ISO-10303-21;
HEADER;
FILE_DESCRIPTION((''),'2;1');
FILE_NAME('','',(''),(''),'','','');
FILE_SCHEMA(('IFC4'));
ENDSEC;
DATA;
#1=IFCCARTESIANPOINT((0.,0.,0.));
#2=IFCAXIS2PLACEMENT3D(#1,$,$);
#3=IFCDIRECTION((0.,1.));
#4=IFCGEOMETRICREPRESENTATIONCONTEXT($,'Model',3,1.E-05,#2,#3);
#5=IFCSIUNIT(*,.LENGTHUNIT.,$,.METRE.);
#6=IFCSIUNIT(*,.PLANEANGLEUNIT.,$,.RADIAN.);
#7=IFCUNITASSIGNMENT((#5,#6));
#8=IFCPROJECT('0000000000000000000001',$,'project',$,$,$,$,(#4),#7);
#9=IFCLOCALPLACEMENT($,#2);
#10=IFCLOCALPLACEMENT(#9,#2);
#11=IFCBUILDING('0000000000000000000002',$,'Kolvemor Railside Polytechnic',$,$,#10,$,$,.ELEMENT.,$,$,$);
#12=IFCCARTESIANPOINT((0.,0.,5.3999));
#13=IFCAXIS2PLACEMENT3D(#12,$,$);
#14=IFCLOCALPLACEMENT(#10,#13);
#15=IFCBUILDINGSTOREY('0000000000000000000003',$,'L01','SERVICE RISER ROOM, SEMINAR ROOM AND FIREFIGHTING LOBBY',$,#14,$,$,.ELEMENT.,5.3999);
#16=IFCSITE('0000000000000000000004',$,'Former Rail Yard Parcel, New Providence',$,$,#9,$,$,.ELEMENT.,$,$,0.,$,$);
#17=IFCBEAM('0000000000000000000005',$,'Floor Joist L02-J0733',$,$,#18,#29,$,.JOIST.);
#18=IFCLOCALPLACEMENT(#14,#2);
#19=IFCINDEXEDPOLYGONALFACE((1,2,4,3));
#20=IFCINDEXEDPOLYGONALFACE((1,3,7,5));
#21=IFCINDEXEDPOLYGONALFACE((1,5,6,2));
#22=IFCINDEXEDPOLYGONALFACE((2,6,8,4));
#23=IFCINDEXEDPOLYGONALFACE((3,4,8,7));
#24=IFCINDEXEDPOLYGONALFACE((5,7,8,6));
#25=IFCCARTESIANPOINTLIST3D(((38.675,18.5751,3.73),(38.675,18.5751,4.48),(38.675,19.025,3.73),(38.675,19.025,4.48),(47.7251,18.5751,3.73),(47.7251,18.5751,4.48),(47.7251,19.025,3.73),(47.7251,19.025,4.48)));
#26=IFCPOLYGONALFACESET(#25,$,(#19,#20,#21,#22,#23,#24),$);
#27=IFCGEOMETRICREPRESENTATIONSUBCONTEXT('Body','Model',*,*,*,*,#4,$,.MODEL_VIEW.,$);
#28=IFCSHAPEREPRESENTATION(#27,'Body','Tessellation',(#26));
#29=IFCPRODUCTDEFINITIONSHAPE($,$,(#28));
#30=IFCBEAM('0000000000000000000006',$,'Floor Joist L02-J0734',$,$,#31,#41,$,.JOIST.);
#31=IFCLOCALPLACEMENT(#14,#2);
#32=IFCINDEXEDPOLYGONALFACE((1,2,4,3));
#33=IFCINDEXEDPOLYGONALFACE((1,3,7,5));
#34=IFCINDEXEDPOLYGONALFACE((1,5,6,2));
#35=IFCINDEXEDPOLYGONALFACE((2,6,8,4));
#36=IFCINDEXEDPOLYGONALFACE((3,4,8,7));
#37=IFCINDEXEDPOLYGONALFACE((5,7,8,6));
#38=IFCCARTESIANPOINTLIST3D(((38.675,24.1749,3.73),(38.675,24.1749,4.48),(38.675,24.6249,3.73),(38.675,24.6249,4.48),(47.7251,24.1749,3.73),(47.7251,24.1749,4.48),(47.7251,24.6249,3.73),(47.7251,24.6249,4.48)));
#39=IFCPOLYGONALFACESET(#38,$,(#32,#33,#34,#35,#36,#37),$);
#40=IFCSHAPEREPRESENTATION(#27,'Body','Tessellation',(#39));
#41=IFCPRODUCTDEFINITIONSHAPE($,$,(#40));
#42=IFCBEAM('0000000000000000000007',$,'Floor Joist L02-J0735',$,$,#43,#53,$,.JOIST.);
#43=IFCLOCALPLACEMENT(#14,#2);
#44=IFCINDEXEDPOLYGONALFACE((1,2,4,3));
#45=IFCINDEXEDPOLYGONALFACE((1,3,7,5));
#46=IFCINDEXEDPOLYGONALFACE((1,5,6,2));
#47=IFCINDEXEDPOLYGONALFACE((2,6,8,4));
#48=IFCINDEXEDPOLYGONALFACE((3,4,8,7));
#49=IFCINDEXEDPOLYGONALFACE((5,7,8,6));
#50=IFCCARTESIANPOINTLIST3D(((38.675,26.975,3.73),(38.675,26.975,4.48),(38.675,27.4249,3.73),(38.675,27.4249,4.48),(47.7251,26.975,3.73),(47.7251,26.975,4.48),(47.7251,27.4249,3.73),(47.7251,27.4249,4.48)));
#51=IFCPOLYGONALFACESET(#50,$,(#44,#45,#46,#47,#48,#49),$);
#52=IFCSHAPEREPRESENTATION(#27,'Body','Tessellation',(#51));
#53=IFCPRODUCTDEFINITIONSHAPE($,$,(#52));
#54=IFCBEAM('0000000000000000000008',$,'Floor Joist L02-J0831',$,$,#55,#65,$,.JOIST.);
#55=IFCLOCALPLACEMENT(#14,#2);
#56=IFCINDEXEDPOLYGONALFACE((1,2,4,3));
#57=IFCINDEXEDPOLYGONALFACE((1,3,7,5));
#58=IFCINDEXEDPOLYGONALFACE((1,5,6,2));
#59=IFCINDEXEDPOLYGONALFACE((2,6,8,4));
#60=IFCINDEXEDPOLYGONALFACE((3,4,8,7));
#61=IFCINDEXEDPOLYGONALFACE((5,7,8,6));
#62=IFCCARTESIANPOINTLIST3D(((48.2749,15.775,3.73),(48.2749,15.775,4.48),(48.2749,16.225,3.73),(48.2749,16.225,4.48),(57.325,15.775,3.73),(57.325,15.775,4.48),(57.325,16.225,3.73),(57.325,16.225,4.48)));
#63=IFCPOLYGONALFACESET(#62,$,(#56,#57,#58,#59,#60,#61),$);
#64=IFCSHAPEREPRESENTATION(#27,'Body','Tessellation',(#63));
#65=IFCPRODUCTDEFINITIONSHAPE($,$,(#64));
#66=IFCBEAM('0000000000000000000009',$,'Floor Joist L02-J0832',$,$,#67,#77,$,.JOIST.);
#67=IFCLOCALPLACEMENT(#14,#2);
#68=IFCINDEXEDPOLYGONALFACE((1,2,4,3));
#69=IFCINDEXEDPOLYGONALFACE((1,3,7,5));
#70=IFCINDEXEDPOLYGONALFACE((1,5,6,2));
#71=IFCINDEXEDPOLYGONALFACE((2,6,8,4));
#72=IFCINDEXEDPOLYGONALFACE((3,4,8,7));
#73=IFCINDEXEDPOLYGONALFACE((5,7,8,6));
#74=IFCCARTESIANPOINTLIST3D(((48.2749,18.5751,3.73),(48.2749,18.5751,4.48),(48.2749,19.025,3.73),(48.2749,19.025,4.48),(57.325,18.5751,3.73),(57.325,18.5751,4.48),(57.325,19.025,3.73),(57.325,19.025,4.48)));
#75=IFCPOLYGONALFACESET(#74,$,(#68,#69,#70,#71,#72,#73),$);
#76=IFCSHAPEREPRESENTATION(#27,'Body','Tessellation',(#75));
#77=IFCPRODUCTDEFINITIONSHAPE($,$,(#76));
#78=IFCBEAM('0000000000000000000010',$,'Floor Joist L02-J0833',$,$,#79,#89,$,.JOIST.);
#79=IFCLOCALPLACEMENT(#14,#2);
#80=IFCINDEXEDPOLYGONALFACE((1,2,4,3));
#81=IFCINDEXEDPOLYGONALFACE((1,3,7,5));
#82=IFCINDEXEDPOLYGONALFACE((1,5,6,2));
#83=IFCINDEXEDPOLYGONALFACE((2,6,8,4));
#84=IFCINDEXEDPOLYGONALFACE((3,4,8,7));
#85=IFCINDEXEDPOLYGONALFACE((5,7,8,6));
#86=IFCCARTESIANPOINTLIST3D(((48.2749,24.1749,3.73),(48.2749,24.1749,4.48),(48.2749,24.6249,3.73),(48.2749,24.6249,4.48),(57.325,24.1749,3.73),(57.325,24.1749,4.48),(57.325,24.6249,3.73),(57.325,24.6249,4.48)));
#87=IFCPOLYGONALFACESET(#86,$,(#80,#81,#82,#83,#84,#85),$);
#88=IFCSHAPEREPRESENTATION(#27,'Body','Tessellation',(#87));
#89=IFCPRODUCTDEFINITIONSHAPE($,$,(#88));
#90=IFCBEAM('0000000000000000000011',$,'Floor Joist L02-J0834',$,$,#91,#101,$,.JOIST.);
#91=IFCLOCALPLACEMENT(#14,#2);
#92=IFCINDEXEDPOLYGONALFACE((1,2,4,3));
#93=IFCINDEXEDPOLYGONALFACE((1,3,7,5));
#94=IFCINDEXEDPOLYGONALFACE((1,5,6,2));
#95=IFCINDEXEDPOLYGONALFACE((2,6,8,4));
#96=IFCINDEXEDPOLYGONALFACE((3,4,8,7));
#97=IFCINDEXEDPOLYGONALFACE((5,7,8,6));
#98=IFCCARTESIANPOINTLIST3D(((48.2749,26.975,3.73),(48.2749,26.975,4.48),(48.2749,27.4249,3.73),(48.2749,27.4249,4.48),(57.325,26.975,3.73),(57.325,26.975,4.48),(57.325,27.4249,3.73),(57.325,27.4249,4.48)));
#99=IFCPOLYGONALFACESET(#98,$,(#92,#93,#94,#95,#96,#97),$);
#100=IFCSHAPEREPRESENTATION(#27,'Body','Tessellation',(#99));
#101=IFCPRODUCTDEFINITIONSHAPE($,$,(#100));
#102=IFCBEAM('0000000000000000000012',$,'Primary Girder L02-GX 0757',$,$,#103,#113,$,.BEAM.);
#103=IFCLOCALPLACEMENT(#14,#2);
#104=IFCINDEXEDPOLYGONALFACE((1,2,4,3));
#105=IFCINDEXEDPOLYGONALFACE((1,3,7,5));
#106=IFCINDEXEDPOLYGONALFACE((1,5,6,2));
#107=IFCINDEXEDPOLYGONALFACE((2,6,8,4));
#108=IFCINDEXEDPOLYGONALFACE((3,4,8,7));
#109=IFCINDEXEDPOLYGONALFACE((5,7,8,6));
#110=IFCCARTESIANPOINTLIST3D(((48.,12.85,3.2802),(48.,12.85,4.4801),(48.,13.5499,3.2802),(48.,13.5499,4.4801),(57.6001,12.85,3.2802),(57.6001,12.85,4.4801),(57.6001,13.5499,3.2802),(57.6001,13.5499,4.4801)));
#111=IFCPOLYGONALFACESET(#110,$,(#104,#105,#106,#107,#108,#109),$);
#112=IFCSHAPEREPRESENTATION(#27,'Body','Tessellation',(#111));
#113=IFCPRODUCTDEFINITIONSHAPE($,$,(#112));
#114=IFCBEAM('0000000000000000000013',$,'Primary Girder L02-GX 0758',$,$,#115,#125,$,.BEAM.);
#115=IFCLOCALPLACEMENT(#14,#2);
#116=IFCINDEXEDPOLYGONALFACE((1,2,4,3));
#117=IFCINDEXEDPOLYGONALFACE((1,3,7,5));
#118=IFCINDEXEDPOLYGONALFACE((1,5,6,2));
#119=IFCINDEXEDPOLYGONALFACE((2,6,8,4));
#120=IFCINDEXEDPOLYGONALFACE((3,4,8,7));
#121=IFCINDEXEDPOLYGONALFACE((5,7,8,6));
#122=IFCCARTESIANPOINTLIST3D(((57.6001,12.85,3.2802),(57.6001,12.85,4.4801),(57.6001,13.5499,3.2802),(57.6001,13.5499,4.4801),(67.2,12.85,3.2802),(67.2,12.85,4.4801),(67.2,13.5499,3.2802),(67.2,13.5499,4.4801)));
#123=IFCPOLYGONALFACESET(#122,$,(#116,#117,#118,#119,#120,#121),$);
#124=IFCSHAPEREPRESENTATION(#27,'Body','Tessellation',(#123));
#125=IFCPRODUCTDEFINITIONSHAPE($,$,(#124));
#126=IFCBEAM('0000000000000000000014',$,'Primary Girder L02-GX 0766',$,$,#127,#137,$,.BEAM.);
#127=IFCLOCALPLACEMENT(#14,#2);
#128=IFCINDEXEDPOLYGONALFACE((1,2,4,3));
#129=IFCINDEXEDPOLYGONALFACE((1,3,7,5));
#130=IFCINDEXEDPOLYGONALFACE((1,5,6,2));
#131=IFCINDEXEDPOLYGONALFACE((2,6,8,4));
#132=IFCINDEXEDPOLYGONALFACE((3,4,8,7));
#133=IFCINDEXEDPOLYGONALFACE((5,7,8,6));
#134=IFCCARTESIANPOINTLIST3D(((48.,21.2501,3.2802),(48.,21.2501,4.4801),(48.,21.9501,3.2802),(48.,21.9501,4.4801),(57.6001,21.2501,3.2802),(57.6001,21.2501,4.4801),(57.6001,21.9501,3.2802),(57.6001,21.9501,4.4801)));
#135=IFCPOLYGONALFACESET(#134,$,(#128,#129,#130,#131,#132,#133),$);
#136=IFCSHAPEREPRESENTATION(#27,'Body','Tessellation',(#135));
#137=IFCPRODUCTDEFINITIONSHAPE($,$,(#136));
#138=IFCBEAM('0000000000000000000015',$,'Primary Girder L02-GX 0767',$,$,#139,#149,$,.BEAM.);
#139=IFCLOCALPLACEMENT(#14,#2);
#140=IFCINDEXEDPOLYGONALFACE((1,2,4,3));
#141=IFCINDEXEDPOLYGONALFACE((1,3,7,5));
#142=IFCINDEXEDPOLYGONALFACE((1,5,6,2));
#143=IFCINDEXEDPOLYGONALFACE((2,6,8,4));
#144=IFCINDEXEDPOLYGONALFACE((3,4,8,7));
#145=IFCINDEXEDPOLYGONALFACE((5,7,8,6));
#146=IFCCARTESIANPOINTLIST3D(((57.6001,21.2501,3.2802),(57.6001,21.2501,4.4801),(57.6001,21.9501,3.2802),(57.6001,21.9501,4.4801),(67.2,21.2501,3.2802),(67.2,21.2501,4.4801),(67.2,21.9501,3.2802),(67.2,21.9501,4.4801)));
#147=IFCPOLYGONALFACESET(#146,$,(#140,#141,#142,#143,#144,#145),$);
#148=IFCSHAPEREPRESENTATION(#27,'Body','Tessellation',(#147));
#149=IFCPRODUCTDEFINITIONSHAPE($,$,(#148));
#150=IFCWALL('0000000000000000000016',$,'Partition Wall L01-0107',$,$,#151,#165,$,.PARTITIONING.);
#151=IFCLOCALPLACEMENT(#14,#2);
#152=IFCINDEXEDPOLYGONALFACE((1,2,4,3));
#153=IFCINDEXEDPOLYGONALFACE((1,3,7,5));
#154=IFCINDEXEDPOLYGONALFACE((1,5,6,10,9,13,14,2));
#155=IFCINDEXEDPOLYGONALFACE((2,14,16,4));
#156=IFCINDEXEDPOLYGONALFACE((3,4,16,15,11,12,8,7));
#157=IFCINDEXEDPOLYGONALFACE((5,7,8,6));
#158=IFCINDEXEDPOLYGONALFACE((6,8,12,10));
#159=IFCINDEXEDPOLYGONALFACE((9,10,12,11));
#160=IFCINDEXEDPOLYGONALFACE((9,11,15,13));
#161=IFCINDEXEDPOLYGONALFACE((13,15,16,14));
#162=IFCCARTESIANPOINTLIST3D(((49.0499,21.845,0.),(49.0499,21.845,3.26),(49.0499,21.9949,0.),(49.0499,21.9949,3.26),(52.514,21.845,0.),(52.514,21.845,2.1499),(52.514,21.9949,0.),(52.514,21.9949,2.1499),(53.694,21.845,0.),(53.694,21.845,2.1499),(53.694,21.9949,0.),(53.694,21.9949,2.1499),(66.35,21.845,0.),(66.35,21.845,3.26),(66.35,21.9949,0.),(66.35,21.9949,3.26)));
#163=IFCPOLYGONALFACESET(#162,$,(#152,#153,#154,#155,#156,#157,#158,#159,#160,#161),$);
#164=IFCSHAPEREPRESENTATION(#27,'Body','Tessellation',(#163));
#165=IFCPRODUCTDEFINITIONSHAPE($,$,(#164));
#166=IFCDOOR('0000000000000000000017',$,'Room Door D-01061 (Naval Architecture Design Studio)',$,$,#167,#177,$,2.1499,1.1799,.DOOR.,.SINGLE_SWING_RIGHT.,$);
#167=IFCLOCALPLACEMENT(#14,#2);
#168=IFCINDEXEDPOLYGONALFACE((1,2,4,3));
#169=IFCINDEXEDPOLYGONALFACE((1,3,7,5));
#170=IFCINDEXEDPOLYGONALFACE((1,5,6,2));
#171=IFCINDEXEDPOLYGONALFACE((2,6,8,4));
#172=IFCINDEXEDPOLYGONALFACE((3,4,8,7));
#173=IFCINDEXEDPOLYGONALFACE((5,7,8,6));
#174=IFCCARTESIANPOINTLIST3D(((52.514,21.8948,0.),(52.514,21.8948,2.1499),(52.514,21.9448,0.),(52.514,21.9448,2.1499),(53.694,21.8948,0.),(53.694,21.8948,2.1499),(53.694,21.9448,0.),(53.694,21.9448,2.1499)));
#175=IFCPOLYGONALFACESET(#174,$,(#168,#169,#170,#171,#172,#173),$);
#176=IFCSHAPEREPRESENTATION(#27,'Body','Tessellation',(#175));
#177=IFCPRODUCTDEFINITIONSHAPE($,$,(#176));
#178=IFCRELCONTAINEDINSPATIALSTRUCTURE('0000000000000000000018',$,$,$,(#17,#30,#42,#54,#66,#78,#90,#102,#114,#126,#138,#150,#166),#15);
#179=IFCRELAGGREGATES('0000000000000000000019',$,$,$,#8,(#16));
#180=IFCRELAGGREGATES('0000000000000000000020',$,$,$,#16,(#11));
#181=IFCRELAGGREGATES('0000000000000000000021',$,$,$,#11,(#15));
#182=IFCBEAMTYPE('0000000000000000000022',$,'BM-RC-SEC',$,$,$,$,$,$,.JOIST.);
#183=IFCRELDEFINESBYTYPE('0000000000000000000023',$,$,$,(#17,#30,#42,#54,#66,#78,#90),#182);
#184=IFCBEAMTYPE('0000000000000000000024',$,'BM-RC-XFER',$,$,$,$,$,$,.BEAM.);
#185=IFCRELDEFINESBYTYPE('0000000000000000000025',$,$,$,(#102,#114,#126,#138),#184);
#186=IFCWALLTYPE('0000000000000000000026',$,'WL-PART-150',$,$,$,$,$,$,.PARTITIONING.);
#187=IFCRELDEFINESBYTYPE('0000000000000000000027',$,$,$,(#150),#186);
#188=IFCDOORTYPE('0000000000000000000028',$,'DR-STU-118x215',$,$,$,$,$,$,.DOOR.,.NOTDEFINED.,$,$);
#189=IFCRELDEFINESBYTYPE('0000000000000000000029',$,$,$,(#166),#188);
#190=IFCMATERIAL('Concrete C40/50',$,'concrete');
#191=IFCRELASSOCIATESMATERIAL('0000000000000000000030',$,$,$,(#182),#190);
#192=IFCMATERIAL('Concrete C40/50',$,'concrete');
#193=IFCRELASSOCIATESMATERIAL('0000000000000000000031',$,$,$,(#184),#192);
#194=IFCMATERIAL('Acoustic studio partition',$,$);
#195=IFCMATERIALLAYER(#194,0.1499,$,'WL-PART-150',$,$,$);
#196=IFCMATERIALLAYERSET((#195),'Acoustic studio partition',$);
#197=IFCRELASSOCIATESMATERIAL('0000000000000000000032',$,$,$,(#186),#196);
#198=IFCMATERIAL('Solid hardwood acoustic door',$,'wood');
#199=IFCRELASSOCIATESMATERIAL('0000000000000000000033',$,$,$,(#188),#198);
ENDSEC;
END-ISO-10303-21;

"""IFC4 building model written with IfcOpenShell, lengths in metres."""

from ifc_helpers import new_model, si_unit, direction, frame, frame_2d, origin, origin_2d, place, context, subcontext, project, spatial, rectangle, extrude, material, layer, layer_set, material_profile, profile_set, type_object, element, fill, save


model = new_model("IFC4")

# Units and contexts
model_context = context("Model", 3, precision=1e-05, world=origin(), true_north=direction((0.0, 1.0)))
body_context = subcontext(model_context, "Body", "Model", "MODEL_VIEW")
ifc_project = project(units=[si_unit("LENGTHUNIT", "METRE"), si_unit("PLANEANGLEUNIT", "RADIAN")], contexts=[model_context])

# Site, building, storey
site_placement = place(None, origin())
site = spatial("IfcSite", under=ifc_project, at=site_placement, Name="Former Rail Yard Parcel, New Providence", CompositionType="ELEMENT", RefElevation=0.0)
building_placement = place(site_placement, origin())
building = spatial("IfcBuilding", under=site, at=building_placement, Name="Kolvemor Railside Polytechnic", CompositionType="ELEMENT")
storey_placement = place(building_placement, frame((0.0, 0.0, 5.3999)))
storey = spatial("IfcBuildingStorey", under=building, at=storey_placement, Name="L01", Description="SERVICE RISER ROOM, SEMINAR ROOM AND FIREFIGHTING LOBBY", CompositionType="ELEMENT", Elevation=5.3999)

# Beams
ifc_material_1 = material(Name="Concrete C40/50", Category="concrete")
ifc_material_profile_1 = material_profile(ifc_material_1, rectangle(XDim=0.45, YDim=0.75, at=origin_2d()), Name="RC450x750")
ifc_profile_set_1 = profile_set([ifc_material_profile_1], Name="Concrete C40/50")
beam_type_1 = type_object("IfcBeamType", Name="BM-RC-SEC", PredefinedType="JOIST", material=ifc_profile_set_1)
for number, where, z_axis, x_axis, name in (
    (1, (38.675, 18.8, 4.105), (1.0, 0.0, 0.0), (0.0, 1.0, 0.0), "Floor Joist L02-J0733"),
    (2, (38.675, 24.3999, 4.105), (1.0, 0.0, 0.0), (0.0, 1.0, 0.0), "Floor Joist L02-J0734"),
    (3, (38.675, 27.2, 4.105), (1.0, 0.0, 0.0), (0.0, 1.0, 0.0), "Floor Joist L02-J0735"),
    (4, (48.2749, 16.0, 4.105), (1.0, 0.0, 0.0), (0.0, 1.0, 0.0), "Floor Joist L02-J0831"),
    (5, (48.2749, 18.8, 4.105), (1.0, 0.0, 0.0), (0.0, 1.0, 0.0), "Floor Joist L02-J0832"),
    (6, (48.2749, 24.3999, 4.105), (1.0, 0.0, 0.0), (0.0, 1.0, 0.0), "Floor Joist L02-J0833"),
    (7, (48.2749, 27.2, 4.105), (1.0, 0.0, 0.0), (0.0, 1.0, 0.0), "Floor Joist L02-J0834"),
):
    element("IfcBeam", number, at=place(storey_placement, frame(where, z_axis=z_axis, x_axis=x_axis)), inside=storey, type_object=beam_type_1, Name=name, PredefinedType="JOIST", context=body_context, shape_type="SweptSolid", body=[
        extrude(rectangle(XDim=0.45, YDim=0.75, at=origin_2d()), origin(), (0.0, 0.0, 1.0), 9.05),
    ])
ifc_material_2 = material(Name="Concrete C40/50", Category="concrete")
ifc_material_profile_2 = material_profile(ifc_material_2, rectangle(XDim=0.7, YDim=1.2, at=origin_2d()), Name="RC700x1200")
ifc_profile_set_2 = profile_set([ifc_material_profile_2], Name="Concrete C40/50")
beam_type_2 = type_object("IfcBeamType", Name="BM-RC-XFER", PredefinedType="BEAM", material=ifc_profile_set_2)
beam_1_placement = place(storey_placement, frame((48.0, 13.2, 3.8801), z_axis=(1.0, 0.0, 0.0), x_axis=(0.0, 1.0, 0.0)))
element("IfcBeam", 8, at=beam_1_placement, inside=storey, type_object=beam_type_2, Name="Primary Girder L02-GX 0757", PredefinedType="BEAM", context=body_context, shape_type="SweptSolid", body=[
    extrude(rectangle(XDim=0.7, YDim=1.2, at=origin_2d()), origin(), (0.0, 0.0, 1.0), 9.6001),
])
beam_2_placement = place(storey_placement, frame((57.6001, 13.2, 3.8801), z_axis=(1.0, 0.0, 0.0), x_axis=(0.0, 1.0, 0.0)))
element("IfcBeam", 9, at=beam_2_placement, inside=storey, type_object=beam_type_2, Name="Primary Girder L02-GX 0758", PredefinedType="BEAM", context=body_context, shape_type="SweptSolid", body=[
    extrude(rectangle(XDim=0.7, YDim=1.2, at=origin_2d()), origin(), (0.0, 0.0, 1.0), 9.5999),
])
beam_3_placement = place(storey_placement, frame((48.0, 21.6001, 3.8801), z_axis=(1.0, 0.0, 0.0), x_axis=(0.0, 1.0, 0.0)))
element("IfcBeam", 10, at=beam_3_placement, inside=storey, type_object=beam_type_2, Name="Primary Girder L02-GX 0766", PredefinedType="BEAM", context=body_context, shape_type="SweptSolid", body=[
    extrude(rectangle(XDim=0.7, YDim=1.2, at=origin_2d()), origin(), (0.0, 0.0, 1.0), 9.6001),
])
beam_4_placement = place(storey_placement, frame((57.6001, 21.6001, 3.8801), z_axis=(1.0, 0.0, 0.0), x_axis=(0.0, 1.0, 0.0)))
element("IfcBeam", 11, at=beam_4_placement, inside=storey, type_object=beam_type_2, Name="Primary Girder L02-GX 0767", PredefinedType="BEAM", context=body_context, shape_type="SweptSolid", body=[
    extrude(rectangle(XDim=0.7, YDim=1.2, at=origin_2d()), origin(), (0.0, 0.0, 1.0), 9.5999),
])

# Wall, opening, door
ifc_material_3 = material(Name="Acoustic studio partition")
ifc_layer_1 = layer(ifc_material_3, 0.1499, Name="WL-PART-150")
ifc_layer_set_1 = layer_set([ifc_layer_1], Name="Acoustic studio partition")
wall_type_1 = type_object("IfcWallType", Name="WL-PART-150", PredefinedType="PARTITIONING", material=ifc_layer_set_1)
wall_1_placement = place(storey_placement, frame((49.05, 21.9199, 0.0), z_axis=(0.0, 0.0, 1.0), x_axis=(1.0, 0.0, 0.0)))
wall_1 = element("IfcWall", 12, at=wall_1_placement, inside=storey, type_object=wall_type_1, Name="Partition Wall L01-0107", PredefinedType="PARTITIONING", context=body_context, shape_type="SweptSolid", body=[
    extrude(rectangle(XDim=17.3, YDim=0.1499, at=frame_2d((8.6499, 0.0))), origin(), (0.0, 0.0, 1.0), 3.26),
])
opening_1_placement = place(wall_1_placement, frame((3.4641, 0.0, 0.0)))
opening_1 = element("IfcOpeningElement", 13, at=opening_1_placement, cuts=wall_1, PredefinedType="OPENING", context=body_context, shape_type="SweptSolid", body=[
    extrude(rectangle(XDim=1.1799, YDim=2.1499, at=frame_2d((0.5898, 1.075))), frame((0.0, 0.085, 0.0), z_axis=(0.0, -1.0, 0.0), x_axis=(1.0, 0.0, 0.0)), (0.0, 0.0, 1.0), 0.1699),
])
ifc_material_4 = material(Name="Solid hardwood acoustic door", Category="wood")
door_type_1 = type_object("IfcDoorType", Name="DR-STU-118x215", OperationType="NOTDEFINED", PredefinedType="DOOR", material=ifc_material_4)
door_1_placement = place(opening_1_placement, origin())
door_1 = element("IfcDoor", 14, at=door_1_placement, inside=storey, type_object=door_type_1, Name="Room Door D-01061 (Naval Architecture Design Studio)", OperationType="SINGLE_SWING_RIGHT", OverallHeight=2.1499, OverallWidth=1.1799, PredefinedType="DOOR", context=body_context, shape_type="SweptSolid", body=[
    extrude(rectangle(XDim=1.1799, YDim=2.1499, at=frame_2d((0.5898, 1.075))), frame((0.0, 0.0249, 0.0), z_axis=(0.0, -1.0, 0.0), x_axis=(1.0, 0.0, 0.0)), (0.0, 0.0, 1.0), 0.05),
])
fill(opening_1, door_1)

save(model, "model.ifc")
